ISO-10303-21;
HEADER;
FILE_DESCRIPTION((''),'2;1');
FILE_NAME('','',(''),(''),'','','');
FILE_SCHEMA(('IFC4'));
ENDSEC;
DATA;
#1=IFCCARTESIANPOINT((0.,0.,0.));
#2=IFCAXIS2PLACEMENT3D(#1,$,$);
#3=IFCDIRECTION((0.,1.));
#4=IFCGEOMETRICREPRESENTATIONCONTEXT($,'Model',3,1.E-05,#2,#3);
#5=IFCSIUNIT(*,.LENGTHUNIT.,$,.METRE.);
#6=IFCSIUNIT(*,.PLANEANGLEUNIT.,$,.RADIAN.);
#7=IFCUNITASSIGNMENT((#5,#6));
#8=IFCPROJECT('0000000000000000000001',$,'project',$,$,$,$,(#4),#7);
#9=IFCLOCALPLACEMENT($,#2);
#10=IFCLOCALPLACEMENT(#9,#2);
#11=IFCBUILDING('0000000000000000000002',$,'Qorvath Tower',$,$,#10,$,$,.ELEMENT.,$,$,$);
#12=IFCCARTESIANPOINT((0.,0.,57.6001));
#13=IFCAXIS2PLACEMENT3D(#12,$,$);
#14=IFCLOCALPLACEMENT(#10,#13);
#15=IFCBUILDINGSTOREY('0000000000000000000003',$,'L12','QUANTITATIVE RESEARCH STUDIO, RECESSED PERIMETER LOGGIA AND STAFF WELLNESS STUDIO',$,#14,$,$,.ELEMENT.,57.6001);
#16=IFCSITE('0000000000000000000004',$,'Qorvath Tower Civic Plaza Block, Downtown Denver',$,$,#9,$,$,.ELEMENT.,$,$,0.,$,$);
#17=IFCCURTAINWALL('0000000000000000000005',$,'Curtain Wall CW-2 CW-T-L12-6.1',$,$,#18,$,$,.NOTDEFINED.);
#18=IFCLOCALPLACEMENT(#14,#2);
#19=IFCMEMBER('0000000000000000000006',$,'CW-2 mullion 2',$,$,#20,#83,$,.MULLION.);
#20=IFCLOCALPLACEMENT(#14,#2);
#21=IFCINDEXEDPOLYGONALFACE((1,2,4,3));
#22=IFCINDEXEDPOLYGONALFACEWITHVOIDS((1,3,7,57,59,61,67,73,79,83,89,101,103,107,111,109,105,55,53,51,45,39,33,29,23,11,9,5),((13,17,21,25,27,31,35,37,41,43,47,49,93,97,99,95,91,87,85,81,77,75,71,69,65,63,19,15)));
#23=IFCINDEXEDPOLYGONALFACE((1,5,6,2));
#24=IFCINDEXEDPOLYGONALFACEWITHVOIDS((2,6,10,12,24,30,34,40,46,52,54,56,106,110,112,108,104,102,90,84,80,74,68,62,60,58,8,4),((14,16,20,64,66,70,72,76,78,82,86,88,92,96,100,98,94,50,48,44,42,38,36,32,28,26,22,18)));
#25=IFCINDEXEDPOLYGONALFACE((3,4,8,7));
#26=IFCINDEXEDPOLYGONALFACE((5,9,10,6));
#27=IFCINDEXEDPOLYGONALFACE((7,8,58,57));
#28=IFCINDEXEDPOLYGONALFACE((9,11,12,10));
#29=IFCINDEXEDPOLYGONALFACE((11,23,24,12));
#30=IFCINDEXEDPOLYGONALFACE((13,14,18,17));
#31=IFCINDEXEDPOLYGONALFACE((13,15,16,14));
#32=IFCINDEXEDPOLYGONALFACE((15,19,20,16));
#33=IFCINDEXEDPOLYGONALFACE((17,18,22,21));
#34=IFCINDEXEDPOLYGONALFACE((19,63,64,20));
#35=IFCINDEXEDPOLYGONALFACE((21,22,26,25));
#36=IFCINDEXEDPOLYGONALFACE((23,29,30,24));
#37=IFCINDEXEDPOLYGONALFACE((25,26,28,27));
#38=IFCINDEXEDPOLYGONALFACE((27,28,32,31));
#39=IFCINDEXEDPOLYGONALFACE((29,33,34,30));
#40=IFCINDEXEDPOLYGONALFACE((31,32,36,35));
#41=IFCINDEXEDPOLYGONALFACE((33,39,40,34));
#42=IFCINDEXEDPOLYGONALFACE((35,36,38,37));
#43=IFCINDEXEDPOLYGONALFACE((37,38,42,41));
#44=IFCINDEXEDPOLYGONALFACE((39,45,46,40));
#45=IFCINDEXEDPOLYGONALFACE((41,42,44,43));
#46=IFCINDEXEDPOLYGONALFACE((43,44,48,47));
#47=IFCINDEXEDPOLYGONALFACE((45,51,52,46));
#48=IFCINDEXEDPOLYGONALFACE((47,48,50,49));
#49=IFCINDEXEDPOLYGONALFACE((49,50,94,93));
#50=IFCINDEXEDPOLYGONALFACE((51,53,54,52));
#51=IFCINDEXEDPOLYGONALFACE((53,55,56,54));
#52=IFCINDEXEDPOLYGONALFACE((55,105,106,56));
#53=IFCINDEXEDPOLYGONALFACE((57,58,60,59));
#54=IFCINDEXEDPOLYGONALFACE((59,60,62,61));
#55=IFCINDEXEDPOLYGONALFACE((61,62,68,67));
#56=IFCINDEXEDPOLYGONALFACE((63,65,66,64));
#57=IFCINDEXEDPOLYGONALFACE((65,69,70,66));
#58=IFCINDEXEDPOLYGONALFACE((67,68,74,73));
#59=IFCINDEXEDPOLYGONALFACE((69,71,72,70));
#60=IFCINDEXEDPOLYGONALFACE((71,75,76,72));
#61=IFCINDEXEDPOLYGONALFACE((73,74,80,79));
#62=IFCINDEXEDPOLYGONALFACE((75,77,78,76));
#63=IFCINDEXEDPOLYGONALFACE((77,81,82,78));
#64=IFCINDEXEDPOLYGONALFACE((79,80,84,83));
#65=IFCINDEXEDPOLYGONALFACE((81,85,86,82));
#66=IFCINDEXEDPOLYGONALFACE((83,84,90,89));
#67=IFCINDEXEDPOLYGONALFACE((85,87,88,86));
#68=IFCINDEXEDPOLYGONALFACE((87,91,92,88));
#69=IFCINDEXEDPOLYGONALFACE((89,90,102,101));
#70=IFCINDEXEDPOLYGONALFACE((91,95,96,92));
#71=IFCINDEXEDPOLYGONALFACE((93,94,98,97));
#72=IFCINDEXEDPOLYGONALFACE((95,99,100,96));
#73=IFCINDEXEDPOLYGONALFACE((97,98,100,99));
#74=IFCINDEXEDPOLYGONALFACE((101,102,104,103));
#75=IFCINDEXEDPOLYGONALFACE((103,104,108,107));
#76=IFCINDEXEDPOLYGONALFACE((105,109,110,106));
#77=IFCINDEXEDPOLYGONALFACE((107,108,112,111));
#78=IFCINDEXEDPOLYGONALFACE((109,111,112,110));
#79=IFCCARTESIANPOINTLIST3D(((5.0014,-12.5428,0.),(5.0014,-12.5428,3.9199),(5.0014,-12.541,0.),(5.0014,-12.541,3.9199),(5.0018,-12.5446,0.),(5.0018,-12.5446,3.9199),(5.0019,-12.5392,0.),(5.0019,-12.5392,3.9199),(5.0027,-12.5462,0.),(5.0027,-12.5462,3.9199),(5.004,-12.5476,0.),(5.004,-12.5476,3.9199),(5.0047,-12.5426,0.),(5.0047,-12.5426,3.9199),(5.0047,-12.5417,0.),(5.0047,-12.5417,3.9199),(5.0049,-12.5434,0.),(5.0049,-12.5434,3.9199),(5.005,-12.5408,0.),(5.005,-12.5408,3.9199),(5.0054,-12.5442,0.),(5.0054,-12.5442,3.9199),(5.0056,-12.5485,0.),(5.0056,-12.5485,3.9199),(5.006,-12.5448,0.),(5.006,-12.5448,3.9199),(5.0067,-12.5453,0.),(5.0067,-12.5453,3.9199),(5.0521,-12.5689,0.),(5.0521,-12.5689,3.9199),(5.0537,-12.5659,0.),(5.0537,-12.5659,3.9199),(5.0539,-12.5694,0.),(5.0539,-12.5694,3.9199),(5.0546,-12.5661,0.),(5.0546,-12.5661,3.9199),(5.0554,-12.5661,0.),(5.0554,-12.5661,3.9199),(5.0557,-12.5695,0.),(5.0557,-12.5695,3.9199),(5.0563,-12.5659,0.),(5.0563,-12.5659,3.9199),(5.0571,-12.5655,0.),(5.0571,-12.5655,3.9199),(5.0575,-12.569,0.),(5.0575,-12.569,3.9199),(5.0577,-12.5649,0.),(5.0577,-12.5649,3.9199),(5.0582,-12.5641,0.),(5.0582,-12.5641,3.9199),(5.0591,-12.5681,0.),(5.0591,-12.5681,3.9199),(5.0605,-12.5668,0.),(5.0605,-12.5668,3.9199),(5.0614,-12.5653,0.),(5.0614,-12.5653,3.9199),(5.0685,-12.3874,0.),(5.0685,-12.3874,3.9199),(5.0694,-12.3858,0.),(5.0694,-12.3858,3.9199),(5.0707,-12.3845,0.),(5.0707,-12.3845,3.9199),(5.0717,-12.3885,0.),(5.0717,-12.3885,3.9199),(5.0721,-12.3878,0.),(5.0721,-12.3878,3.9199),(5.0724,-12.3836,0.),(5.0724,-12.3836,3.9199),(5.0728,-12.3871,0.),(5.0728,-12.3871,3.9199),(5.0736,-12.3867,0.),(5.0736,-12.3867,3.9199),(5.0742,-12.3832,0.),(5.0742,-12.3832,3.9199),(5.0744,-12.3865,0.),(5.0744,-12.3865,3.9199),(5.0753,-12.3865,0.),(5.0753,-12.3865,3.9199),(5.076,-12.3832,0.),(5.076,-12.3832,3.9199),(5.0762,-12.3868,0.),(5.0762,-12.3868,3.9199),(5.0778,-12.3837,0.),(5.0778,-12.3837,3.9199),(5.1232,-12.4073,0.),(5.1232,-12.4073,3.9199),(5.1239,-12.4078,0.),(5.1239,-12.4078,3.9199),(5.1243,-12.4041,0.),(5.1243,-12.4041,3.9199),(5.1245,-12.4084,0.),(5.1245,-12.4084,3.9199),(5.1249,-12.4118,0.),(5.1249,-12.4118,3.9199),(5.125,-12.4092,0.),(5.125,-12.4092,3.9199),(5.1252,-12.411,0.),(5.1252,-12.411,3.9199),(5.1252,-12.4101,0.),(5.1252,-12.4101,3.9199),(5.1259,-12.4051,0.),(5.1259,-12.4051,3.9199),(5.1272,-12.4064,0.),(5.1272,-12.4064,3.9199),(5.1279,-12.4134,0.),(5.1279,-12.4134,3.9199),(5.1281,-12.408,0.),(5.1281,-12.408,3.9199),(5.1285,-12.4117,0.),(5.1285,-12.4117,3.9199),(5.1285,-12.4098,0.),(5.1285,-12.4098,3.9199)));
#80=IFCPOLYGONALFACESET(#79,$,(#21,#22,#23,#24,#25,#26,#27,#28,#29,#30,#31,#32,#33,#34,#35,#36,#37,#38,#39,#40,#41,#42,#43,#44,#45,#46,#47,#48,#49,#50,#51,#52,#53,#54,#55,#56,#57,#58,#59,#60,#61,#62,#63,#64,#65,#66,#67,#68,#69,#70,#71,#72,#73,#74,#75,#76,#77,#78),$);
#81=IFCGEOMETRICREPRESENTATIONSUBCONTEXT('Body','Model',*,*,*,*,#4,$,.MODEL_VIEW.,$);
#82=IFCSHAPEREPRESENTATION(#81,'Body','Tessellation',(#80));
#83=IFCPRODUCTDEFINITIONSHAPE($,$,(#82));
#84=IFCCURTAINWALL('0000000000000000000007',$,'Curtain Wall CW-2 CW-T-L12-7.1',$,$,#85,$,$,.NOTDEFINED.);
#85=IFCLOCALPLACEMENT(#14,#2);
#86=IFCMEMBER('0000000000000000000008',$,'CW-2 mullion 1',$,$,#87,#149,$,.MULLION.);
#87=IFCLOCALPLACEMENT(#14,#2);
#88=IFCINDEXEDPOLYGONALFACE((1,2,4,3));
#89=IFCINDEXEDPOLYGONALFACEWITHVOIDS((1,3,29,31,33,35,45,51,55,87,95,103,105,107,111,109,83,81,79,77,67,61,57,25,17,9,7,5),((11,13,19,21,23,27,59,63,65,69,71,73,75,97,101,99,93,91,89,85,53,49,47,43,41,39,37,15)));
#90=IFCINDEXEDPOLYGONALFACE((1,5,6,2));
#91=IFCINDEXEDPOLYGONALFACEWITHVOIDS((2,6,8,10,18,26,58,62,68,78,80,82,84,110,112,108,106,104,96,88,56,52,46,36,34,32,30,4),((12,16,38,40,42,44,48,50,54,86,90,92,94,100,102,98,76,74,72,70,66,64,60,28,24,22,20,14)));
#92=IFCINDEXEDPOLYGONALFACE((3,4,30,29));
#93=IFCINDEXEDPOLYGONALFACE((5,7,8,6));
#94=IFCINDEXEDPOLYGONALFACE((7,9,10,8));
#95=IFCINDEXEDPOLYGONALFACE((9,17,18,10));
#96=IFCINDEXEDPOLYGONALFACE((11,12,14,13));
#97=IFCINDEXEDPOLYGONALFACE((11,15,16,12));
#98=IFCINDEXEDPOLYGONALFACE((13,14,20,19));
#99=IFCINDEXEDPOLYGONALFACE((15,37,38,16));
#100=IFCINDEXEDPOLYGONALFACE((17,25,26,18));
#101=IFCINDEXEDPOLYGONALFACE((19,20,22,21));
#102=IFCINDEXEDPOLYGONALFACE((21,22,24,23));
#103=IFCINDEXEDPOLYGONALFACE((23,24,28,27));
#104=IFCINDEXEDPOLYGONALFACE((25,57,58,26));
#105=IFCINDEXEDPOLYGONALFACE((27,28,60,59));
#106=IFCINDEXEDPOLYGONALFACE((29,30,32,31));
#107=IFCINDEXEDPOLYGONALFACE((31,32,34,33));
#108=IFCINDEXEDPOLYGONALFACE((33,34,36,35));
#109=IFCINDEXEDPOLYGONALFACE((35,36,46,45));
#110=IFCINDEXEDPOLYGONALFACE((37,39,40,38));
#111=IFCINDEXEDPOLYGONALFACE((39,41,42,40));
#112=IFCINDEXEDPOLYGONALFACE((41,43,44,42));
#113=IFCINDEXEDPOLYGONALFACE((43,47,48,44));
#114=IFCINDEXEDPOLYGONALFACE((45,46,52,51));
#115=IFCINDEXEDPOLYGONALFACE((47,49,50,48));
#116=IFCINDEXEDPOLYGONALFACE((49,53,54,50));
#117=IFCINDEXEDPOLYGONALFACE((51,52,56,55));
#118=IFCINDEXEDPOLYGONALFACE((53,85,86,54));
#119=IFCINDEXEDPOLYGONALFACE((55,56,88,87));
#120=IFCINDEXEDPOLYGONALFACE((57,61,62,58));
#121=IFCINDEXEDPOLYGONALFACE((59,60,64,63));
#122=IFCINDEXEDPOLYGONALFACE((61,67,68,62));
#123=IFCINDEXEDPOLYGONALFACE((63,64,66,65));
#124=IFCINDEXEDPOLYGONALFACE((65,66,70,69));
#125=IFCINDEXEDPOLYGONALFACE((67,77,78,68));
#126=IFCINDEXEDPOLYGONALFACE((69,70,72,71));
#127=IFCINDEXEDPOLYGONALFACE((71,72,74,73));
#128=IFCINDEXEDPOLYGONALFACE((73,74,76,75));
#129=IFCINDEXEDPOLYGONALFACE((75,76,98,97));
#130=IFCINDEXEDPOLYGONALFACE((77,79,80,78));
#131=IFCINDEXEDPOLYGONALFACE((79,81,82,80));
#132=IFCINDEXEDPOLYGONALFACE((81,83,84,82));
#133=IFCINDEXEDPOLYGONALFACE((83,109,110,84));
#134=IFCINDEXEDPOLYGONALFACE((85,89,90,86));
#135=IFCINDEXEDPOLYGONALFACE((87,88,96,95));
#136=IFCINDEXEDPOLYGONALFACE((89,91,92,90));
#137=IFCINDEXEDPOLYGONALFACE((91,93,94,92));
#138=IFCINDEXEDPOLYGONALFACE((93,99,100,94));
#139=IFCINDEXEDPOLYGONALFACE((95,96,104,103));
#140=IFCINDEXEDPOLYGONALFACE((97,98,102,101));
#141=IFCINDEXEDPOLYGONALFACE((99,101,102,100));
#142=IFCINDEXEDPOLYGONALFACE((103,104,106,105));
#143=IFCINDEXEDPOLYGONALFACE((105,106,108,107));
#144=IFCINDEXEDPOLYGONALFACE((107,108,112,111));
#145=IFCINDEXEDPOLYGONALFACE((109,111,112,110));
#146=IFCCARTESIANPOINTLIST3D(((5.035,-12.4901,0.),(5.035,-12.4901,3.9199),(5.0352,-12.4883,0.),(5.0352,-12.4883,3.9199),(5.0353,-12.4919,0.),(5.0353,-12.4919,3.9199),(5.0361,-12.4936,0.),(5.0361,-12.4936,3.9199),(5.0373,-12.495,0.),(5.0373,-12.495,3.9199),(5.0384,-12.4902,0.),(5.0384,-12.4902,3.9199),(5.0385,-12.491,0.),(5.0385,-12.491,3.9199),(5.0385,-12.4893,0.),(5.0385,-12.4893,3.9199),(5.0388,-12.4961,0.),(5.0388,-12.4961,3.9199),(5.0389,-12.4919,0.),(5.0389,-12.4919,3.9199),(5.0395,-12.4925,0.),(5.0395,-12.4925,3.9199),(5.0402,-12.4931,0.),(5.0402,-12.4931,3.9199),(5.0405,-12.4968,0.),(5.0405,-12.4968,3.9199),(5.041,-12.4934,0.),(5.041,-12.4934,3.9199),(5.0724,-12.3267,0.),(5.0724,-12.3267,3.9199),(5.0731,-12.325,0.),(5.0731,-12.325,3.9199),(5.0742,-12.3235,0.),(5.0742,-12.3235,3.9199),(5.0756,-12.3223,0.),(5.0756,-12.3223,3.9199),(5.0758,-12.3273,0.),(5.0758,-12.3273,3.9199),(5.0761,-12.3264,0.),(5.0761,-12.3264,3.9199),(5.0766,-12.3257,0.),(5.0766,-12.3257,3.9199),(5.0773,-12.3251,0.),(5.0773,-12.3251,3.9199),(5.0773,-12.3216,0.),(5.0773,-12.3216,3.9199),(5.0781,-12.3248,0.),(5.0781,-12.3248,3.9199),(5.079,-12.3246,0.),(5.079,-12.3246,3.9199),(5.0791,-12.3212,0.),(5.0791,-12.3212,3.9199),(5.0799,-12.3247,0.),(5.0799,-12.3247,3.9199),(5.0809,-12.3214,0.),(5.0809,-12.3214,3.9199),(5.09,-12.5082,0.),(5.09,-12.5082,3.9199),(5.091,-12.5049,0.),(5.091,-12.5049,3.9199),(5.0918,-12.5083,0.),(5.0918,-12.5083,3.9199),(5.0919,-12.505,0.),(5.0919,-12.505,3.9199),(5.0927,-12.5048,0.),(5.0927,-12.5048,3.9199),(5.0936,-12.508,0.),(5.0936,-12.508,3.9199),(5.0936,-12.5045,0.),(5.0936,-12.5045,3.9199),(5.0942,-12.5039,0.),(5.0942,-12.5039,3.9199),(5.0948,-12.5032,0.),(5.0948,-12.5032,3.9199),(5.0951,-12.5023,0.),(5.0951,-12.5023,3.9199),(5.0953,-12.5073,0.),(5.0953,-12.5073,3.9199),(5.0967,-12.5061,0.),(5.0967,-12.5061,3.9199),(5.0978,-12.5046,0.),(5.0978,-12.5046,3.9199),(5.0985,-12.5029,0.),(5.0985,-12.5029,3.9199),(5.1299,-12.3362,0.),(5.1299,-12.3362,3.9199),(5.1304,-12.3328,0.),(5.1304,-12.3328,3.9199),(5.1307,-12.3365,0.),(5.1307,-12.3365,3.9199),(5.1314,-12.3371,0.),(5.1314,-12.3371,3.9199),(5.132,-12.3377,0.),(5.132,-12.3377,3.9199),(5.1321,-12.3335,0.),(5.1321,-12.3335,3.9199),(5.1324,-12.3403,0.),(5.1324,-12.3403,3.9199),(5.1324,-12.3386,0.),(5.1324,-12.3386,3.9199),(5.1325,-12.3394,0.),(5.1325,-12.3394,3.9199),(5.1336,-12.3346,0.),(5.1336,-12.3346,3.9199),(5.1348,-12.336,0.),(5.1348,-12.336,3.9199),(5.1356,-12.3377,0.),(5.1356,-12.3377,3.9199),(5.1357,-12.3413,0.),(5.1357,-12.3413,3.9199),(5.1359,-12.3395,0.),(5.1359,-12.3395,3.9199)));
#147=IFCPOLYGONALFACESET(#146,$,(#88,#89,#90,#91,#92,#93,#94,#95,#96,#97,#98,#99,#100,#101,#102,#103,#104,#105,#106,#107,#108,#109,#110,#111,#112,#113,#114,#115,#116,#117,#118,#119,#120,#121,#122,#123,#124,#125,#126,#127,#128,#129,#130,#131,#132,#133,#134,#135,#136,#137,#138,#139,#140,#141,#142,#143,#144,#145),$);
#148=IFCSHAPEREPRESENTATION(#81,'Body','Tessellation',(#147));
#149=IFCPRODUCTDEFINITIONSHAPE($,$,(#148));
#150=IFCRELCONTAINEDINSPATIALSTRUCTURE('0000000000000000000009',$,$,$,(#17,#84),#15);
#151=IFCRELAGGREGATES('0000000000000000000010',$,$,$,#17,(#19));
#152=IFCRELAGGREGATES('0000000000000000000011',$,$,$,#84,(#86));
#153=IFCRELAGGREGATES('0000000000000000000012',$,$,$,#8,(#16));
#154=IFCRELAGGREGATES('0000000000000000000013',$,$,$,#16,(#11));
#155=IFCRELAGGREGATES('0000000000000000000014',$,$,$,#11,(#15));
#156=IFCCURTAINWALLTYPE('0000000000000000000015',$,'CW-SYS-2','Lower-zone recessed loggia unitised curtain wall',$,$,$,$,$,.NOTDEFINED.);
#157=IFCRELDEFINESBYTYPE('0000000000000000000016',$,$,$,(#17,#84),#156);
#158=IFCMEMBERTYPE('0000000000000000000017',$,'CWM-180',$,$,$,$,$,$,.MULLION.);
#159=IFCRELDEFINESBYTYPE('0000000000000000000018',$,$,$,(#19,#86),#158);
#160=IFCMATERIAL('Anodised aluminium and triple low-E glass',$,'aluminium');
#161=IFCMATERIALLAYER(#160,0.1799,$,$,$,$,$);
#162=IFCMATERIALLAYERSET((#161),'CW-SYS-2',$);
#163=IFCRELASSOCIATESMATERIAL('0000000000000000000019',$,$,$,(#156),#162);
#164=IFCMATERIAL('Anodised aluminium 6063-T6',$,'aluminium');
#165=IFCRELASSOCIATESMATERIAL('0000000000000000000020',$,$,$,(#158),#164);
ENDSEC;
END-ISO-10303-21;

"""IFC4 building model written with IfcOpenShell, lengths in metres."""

from ifc_helpers import new_model, si_unit, direction, frame, origin, origin_2d, place, context, subcontext, project, spatial, hollow_rectangle, extrude, material, layer, layer_set, material_profile, profile_set, type_object, element, aggregate, save


model = new_model("IFC4")

# Units and contexts
model_context = context("Model", 3, precision=1e-05, world=origin(), true_north=direction((0.0, 1.0)))
body_context = subcontext(model_context, "Body", "Model", "MODEL_VIEW")
ifc_project = project(units=[si_unit("LENGTHUNIT", "METRE"), si_unit("PLANEANGLEUNIT", "RADIAN")], contexts=[model_context])

# Site, building, storey
site_placement = place(None, origin())
site = spatial("IfcSite", under=ifc_project, at=site_placement, Name="Qorvath Tower Civic Plaza Block, Downtown Denver", CompositionType="ELEMENT", RefElevation=0.0)
building_placement = place(site_placement, origin())
building = spatial("IfcBuilding", under=site, at=building_placement, Name="Qorvath Tower", CompositionType="ELEMENT")
storey_placement = place(building_placement, frame((0.0, 0.0, 57.6001)))
storey = spatial("IfcBuildingStorey", under=building, at=storey_placement, Name="L12", Description="QUANTITATIVE RESEARCH STUDIO, RECESSED PERIMETER LOGGIA AND STAFF WELLNESS STUDIO", CompositionType="ELEMENT", Elevation=57.6001)

# Curtain wall, member
ifc_material_1 = material(Name="Anodised aluminium and triple low-E glass", Category="aluminium")
ifc_layer_1 = layer(ifc_material_1, 0.1799)
ifc_layer_set_1 = layer_set([ifc_layer_1], Name="CW-SYS-2")
curtain_wall_type = type_object("IfcCurtainWallType", Name="CW-SYS-2", Description="Lower-zone recessed loggia unitised curtain wall", PredefinedType="NOTDEFINED", material=ifc_layer_set_1)
curtain_wall_1_placement = place(storey_placement, origin())
curtain_wall_1 = element("IfcCurtainWall", 1, at=curtain_wall_1_placement, inside=storey, type_object=curtain_wall_type, Name="Curtain Wall CW-2 CW-T-L12-6.1", PredefinedType="NOTDEFINED")
ifc_material_2 = material(Name="Anodised aluminium 6063-T6", Category="aluminium")
ifc_material_profile_1 = material_profile(ifc_material_2, hollow_rectangle(XDim=0.0649, YDim=0.1799, WallThickness=0.0034, InnerFilletRadius=0.0034, OuterFilletRadius=0.0071, at=origin_2d()), Name="CWM 180x65")
ifc_profile_set_1 = profile_set([ifc_material_profile_1], Name="Anodised aluminium 6063-T6")
member_type_1 = type_object("IfcMemberType", Name="CWM-180", PredefinedType="MULLION", material=ifc_profile_set_1)
member_1_placement = place(storey_placement, frame((5.0649, -12.4763, 0.0), z_axis=(0.0, 0.0, 1.0), x_axis=(-0.915963, 0.401263, 0.0)))
member_1 = element("IfcMember", 2, at=member_1_placement, type_object=member_type_1, Name="CW-2 mullion 2", PredefinedType="MULLION", context=body_context, shape_type="SweptSolid", body=[
    extrude(hollow_rectangle(XDim=0.0649, YDim=0.1799, WallThickness=0.0034, InnerFilletRadius=0.0034, OuterFilletRadius=0.0071, at=origin_2d()), origin(), (0.0, 0.0, 1.0), 3.9199),
])

# Curtain wall, member
curtain_wall_2_placement = place(storey_placement, origin())
curtain_wall_2 = element("IfcCurtainWall", 3, at=curtain_wall_2_placement, inside=storey, type_object=curtain_wall_type, Name="Curtain Wall CW-2 CW-T-L12-7.1", PredefinedType="NOTDEFINED")
member_2_placement = place(storey_placement, frame((5.0854, -12.4148, 0.0), z_axis=(0.0, 0.0, 1.0), x_axis=(-0.974427, 0.224705, 0.0)))
member_2 = element("IfcMember", 4, at=member_2_placement, type_object=member_type_1, Name="CW-2 mullion 1", PredefinedType="MULLION", context=body_context, shape_type="SweptSolid", body=[
    extrude(hollow_rectangle(XDim=0.0649, YDim=0.1799, WallThickness=0.0034, InnerFilletRadius=0.0034, OuterFilletRadius=0.0071, at=origin_2d()), origin(), (0.0, 0.0, 1.0), 3.9199),
])

aggregate(curtain_wall_1, [member_1])
aggregate(curtain_wall_2, [member_2])

save(model, "model.ifc")
